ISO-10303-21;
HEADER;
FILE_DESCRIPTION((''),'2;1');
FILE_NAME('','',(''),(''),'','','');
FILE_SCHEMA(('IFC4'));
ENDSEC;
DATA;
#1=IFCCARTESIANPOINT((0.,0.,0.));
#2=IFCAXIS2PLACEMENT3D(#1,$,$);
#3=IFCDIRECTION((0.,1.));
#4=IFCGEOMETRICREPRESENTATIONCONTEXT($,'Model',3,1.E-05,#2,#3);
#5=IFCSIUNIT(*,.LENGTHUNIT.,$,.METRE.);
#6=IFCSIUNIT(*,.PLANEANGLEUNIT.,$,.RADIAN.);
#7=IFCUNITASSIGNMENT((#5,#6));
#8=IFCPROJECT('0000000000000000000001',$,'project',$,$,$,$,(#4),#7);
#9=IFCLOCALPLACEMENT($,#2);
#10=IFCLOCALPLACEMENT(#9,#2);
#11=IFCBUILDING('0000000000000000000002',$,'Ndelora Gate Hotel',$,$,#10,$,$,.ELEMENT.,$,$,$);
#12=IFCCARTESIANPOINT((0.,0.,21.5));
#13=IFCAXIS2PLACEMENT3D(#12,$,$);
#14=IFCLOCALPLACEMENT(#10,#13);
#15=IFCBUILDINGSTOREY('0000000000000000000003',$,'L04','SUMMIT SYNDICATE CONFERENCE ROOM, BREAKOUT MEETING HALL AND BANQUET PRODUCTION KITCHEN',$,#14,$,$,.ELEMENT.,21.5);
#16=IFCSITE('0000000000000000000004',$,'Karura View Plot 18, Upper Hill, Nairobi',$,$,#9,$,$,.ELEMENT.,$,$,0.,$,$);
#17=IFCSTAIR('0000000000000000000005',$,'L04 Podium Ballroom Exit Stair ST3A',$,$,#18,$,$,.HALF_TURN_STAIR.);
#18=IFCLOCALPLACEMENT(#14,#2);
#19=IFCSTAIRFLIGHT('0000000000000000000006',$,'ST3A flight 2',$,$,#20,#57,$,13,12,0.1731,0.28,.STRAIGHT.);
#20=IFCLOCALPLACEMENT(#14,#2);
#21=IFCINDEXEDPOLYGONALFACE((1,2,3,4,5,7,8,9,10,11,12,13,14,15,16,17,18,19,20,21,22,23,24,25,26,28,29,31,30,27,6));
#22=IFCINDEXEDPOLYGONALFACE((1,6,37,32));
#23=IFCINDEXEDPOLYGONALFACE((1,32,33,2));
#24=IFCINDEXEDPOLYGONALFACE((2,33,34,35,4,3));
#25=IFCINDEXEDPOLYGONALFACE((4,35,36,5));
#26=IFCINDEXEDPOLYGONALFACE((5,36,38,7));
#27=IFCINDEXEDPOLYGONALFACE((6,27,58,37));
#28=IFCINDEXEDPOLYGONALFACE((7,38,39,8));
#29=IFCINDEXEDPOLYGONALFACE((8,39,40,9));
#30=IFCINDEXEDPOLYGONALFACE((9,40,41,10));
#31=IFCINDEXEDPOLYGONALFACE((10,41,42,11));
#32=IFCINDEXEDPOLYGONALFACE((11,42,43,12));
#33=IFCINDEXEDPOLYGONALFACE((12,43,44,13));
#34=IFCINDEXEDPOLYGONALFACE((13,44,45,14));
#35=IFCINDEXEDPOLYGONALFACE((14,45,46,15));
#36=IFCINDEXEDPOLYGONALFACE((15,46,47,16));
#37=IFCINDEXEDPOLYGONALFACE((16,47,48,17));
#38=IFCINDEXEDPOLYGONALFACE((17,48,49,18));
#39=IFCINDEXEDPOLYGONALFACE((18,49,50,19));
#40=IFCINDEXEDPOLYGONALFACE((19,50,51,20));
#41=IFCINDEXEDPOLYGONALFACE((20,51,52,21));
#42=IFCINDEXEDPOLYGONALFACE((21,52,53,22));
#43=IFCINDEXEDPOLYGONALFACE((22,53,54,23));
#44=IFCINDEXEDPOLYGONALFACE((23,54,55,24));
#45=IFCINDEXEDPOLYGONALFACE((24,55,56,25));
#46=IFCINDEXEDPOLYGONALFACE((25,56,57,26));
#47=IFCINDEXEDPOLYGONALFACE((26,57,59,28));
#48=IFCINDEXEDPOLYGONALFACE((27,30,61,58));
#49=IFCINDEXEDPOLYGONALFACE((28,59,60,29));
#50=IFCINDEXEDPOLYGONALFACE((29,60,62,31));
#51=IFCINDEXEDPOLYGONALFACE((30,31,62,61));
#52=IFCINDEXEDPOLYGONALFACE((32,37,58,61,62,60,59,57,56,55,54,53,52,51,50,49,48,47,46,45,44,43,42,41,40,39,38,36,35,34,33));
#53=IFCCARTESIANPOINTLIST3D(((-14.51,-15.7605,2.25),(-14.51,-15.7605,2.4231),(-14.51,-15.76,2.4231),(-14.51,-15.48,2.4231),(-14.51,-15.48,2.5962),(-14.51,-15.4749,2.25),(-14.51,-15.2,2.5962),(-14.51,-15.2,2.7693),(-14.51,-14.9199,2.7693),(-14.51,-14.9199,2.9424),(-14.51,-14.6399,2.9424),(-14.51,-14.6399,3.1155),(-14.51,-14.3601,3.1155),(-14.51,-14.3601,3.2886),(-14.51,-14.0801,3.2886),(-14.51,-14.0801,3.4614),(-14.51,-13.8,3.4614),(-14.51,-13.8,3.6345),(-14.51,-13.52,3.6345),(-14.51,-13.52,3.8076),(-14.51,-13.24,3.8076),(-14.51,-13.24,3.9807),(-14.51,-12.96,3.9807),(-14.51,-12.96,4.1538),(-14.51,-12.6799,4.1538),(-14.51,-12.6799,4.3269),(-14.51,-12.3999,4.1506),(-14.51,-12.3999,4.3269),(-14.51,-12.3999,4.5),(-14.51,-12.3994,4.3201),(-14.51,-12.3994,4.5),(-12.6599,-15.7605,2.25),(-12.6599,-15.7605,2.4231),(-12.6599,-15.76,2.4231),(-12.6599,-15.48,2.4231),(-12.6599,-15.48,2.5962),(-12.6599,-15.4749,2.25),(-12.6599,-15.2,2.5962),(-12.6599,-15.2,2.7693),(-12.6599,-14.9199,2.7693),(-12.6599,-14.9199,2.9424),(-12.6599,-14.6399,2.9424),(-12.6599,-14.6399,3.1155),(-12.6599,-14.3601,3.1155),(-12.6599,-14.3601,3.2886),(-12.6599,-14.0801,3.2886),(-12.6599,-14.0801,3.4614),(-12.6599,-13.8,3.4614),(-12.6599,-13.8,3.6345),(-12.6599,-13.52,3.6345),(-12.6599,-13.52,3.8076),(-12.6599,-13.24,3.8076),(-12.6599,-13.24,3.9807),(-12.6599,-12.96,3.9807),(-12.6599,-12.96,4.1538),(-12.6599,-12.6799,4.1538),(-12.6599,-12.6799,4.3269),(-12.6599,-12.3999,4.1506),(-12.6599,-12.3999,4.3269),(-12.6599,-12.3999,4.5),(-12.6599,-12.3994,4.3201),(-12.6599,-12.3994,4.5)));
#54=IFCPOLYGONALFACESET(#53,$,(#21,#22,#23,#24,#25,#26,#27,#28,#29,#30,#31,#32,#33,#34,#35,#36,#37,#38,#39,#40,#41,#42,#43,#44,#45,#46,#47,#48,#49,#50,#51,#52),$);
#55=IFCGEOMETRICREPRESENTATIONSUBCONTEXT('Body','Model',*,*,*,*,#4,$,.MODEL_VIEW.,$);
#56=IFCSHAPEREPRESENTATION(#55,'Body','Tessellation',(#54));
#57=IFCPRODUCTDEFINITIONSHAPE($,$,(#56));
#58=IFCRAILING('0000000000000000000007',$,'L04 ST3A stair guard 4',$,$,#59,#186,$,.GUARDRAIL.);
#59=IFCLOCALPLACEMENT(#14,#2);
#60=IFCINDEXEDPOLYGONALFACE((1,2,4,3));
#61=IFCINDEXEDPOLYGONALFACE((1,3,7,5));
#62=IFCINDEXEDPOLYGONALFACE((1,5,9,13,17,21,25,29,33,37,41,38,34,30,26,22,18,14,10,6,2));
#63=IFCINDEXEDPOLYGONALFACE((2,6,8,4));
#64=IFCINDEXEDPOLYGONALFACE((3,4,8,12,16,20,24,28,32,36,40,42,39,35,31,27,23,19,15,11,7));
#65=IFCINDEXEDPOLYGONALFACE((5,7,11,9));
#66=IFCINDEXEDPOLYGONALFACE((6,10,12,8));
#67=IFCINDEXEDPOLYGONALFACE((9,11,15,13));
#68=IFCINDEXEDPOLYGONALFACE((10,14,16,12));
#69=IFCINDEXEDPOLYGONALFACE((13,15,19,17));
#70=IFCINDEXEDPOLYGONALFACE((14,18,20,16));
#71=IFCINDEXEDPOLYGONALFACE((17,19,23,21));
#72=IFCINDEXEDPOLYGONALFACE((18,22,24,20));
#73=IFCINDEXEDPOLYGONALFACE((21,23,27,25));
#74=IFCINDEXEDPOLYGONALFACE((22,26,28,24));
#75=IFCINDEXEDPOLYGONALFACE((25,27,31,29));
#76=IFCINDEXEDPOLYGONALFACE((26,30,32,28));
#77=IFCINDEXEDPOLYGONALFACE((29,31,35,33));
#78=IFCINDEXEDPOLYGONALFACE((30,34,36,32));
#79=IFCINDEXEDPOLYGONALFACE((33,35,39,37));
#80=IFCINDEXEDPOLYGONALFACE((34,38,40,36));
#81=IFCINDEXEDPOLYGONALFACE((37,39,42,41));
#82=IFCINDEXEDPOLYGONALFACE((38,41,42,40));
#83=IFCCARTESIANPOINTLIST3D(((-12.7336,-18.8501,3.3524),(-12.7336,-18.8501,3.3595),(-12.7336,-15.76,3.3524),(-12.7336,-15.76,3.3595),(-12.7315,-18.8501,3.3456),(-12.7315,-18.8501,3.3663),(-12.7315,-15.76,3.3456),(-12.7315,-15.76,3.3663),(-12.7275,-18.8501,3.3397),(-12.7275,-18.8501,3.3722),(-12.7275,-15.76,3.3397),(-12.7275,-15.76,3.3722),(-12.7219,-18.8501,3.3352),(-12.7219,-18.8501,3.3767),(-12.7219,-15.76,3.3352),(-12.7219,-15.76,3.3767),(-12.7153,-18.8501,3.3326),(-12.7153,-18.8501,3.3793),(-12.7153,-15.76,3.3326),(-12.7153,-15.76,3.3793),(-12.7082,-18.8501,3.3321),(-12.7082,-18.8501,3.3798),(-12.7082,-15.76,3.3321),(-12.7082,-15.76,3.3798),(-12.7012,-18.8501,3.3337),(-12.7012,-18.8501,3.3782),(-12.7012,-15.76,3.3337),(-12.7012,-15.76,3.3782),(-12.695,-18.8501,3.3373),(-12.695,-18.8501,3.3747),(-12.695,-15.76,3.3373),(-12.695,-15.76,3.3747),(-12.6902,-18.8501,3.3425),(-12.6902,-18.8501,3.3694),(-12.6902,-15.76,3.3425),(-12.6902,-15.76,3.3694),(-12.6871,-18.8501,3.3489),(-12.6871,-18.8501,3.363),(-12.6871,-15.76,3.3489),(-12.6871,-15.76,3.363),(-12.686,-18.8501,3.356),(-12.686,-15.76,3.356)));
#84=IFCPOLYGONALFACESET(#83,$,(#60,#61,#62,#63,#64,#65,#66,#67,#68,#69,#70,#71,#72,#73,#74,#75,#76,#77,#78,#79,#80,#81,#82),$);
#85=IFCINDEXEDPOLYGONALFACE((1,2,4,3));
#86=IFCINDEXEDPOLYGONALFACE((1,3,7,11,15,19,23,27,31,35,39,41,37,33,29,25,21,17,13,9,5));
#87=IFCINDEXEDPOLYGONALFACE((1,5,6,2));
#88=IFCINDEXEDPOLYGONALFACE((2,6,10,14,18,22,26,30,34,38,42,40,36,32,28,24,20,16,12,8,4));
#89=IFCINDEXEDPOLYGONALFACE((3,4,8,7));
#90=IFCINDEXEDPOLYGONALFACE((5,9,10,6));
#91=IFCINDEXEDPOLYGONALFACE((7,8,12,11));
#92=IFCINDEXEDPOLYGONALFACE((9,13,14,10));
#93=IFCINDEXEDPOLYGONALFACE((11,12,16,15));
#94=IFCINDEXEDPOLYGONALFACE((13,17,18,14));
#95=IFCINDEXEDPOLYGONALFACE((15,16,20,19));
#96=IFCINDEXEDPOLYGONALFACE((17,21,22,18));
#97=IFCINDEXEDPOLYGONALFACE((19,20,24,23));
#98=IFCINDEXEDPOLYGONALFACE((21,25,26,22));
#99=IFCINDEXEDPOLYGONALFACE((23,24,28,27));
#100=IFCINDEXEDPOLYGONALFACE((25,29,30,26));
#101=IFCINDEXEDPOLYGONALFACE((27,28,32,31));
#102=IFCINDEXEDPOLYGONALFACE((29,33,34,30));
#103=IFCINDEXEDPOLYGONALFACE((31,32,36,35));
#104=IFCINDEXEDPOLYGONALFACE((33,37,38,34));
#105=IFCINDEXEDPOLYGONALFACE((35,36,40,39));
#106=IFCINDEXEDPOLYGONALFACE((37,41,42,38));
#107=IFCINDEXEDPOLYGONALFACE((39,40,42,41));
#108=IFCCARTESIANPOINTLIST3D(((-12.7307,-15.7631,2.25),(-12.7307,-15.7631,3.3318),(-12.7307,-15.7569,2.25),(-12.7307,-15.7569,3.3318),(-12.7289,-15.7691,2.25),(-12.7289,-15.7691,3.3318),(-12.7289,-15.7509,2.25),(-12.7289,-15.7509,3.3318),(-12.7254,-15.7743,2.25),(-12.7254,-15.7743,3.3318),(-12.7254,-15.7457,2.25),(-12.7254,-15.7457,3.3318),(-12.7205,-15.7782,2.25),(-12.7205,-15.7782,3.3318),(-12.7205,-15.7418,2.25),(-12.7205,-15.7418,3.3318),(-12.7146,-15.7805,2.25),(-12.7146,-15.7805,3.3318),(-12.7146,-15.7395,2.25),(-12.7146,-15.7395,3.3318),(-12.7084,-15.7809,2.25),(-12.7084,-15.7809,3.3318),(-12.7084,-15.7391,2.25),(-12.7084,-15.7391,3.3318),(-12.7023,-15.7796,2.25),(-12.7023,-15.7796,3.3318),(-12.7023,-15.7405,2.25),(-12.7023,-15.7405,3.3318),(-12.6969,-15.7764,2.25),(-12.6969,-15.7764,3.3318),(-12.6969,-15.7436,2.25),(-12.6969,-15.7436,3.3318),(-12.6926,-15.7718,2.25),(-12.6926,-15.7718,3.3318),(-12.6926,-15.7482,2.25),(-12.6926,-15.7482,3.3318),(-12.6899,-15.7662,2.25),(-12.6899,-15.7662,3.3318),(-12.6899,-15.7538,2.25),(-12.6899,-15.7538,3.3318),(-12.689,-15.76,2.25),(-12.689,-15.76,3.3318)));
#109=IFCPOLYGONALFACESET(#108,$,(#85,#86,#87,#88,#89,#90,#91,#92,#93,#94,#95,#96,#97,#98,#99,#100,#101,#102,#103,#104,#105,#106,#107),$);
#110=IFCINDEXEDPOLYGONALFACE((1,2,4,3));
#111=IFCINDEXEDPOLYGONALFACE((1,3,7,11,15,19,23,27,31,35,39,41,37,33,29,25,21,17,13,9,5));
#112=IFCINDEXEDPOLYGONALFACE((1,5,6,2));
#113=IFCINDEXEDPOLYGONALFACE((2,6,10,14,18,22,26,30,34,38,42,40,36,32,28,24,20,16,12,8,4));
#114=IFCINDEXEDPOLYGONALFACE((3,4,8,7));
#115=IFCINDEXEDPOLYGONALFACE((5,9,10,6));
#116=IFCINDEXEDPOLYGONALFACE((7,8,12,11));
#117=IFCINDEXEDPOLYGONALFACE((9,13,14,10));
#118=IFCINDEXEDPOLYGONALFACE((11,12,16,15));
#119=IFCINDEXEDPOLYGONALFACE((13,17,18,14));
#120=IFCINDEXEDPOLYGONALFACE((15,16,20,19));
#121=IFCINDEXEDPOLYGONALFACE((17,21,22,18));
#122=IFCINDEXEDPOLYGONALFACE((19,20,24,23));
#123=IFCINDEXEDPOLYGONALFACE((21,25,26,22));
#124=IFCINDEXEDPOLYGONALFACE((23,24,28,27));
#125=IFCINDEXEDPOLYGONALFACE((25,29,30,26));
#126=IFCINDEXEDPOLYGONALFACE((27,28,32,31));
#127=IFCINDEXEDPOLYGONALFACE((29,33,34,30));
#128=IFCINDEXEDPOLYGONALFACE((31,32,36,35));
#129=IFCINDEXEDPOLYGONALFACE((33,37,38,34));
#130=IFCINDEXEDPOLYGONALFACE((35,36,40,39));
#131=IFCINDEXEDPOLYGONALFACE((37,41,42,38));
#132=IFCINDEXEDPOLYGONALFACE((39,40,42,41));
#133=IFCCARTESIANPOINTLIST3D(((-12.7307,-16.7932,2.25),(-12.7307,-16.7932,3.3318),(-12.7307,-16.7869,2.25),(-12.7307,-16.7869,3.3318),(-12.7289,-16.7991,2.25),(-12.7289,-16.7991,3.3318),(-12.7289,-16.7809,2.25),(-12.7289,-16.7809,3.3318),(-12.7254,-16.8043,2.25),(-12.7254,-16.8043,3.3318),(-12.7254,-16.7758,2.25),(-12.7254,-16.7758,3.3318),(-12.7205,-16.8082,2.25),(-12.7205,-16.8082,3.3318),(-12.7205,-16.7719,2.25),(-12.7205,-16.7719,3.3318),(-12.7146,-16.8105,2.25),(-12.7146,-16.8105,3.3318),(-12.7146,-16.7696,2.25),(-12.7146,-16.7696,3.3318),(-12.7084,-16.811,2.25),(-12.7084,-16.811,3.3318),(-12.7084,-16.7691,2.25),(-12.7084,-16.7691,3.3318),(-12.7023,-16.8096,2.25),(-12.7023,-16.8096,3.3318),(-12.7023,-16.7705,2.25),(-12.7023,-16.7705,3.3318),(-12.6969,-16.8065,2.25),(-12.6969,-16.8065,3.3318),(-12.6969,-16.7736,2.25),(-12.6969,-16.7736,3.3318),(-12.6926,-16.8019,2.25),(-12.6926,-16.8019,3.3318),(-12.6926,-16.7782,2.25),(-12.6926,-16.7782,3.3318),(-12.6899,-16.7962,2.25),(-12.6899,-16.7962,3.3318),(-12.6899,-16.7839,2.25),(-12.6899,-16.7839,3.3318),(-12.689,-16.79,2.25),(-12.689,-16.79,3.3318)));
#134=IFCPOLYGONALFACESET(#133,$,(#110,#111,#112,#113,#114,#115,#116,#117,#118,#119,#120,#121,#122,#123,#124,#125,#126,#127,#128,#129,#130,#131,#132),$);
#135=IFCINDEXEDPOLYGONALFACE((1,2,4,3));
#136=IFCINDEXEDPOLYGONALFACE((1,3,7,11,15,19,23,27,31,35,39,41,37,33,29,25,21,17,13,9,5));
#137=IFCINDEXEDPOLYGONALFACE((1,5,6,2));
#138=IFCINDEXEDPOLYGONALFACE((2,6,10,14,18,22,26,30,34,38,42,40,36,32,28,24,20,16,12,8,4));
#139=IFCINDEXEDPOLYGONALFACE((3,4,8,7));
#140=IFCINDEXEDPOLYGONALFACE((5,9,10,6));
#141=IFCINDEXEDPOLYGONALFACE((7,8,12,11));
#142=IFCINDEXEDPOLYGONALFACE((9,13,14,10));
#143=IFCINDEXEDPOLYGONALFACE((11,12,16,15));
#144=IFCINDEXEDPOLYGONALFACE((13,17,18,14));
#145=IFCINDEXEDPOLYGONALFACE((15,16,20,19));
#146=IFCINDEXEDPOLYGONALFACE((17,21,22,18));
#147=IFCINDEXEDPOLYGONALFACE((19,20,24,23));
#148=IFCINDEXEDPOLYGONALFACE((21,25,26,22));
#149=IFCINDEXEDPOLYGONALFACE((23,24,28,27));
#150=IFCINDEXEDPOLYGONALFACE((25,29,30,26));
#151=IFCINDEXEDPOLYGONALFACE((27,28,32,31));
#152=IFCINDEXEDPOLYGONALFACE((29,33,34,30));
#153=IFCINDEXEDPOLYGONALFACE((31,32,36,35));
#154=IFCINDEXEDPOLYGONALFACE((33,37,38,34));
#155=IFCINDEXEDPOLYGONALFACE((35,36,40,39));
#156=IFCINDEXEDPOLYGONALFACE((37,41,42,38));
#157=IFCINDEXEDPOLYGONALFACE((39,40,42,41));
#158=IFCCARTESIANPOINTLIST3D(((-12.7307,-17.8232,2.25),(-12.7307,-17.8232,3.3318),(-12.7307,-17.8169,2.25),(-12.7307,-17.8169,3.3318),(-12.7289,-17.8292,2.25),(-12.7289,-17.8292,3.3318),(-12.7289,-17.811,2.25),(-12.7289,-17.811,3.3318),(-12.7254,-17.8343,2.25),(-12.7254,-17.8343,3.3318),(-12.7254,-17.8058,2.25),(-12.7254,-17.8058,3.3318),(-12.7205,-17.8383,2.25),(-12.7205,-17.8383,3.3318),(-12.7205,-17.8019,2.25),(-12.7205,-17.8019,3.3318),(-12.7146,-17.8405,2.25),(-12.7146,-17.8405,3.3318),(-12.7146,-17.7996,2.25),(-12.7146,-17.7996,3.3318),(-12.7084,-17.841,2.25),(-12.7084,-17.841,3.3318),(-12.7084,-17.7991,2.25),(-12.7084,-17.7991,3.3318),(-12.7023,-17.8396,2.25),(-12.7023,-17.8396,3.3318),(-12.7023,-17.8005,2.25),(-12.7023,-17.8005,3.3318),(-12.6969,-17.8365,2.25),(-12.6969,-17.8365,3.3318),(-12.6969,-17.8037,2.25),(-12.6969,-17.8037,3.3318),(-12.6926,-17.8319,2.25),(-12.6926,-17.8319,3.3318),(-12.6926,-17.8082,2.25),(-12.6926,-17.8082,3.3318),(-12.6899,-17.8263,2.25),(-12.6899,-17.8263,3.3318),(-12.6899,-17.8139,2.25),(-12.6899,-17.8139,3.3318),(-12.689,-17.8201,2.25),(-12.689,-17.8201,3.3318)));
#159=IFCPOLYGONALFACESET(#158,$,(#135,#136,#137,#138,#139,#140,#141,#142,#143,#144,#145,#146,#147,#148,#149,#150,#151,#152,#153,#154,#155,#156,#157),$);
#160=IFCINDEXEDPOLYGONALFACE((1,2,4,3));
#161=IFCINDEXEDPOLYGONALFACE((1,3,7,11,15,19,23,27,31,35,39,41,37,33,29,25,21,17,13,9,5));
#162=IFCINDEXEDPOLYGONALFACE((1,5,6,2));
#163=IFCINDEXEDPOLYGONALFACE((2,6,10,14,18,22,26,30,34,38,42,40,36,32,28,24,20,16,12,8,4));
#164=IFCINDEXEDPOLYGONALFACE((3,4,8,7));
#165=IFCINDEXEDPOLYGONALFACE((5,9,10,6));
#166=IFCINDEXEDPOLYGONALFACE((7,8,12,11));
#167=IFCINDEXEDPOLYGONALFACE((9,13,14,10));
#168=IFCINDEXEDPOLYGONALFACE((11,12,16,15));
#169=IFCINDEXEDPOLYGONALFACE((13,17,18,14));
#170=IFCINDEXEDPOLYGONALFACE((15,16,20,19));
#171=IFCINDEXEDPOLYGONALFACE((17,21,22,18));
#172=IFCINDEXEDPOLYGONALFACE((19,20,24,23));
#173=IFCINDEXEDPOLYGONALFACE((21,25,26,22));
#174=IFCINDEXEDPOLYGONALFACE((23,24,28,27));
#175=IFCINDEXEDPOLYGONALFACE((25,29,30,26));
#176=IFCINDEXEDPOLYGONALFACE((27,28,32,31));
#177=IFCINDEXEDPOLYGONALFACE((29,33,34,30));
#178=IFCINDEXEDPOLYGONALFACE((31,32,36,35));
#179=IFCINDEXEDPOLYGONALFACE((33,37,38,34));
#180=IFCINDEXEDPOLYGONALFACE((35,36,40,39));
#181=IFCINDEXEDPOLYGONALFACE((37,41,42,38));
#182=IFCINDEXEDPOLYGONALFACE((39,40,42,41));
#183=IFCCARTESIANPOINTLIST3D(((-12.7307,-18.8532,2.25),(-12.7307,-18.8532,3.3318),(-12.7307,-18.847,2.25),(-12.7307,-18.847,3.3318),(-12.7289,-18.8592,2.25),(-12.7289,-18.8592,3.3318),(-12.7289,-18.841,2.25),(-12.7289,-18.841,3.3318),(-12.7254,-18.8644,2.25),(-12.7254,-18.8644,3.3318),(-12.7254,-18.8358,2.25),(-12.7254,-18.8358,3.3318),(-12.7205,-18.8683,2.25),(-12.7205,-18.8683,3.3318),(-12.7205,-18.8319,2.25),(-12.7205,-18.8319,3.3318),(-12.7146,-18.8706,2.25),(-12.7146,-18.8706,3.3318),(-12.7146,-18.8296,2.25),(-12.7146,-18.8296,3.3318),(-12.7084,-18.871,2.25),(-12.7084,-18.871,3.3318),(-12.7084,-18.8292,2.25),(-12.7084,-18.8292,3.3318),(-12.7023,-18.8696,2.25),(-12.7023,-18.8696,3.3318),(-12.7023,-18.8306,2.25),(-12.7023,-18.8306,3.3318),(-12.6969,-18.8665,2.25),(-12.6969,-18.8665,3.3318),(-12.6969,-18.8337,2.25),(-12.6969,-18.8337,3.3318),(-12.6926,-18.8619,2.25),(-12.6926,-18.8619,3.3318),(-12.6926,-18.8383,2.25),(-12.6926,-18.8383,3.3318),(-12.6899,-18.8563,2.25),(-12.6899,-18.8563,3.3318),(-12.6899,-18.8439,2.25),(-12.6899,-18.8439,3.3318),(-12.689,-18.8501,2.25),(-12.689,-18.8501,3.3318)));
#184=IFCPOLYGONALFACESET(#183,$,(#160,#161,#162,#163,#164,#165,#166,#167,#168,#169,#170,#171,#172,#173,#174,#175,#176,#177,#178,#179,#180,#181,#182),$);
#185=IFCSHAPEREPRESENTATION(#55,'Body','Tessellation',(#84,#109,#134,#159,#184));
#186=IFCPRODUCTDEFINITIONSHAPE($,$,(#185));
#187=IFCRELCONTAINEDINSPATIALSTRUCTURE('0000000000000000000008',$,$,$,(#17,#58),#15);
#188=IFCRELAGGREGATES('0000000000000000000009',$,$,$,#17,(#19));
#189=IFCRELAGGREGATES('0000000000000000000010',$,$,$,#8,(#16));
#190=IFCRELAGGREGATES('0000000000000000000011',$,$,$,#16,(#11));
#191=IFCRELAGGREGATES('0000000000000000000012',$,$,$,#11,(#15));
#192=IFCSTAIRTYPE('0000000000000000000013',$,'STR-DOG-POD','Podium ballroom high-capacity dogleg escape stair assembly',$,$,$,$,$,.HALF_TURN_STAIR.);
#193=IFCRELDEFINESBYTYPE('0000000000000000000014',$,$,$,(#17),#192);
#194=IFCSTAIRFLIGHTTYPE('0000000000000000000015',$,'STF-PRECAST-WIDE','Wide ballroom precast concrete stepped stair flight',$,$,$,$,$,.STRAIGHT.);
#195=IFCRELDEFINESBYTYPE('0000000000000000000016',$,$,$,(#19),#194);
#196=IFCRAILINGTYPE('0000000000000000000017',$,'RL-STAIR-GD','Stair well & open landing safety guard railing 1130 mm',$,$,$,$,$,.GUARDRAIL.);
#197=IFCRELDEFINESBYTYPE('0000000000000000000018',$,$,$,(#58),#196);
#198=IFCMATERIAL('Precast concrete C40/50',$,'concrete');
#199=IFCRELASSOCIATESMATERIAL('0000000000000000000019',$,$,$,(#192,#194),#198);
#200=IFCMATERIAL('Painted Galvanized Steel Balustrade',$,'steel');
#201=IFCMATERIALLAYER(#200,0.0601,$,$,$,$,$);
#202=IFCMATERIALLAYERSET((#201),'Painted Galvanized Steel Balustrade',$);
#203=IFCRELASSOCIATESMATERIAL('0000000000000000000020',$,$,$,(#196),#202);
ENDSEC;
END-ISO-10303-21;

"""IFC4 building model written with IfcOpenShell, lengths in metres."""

from ifc_helpers import new_model, si_unit, direction, frame, origin, origin_2d, place, context, subcontext, project, spatial, polyline, circle, outline, extrude, material, layer, layer_set, type_object, element, aggregate, save


model = new_model("IFC4")

# Units and contexts
model_context = context("Model", 3, precision=1e-05, world=origin(), true_north=direction((0.0, 1.0)))
body_context = subcontext(model_context, "Body", "Model", "MODEL_VIEW")
ifc_project = project(units=[si_unit("LENGTHUNIT", "METRE"), si_unit("PLANEANGLEUNIT", "RADIAN")], contexts=[model_context])

# Site, building, storey
site_placement = place(None, origin())
site = spatial("IfcSite", under=ifc_project, at=site_placement, Name="Karura View Plot 18, Upper Hill, Nairobi", CompositionType="ELEMENT", RefElevation=0.0)
building_placement = place(site_placement, origin())
building = spatial("IfcBuilding", under=site, at=building_placement, Name="Ndelora Gate Hotel", CompositionType="ELEMENT")
storey_placement = place(building_placement, frame((0.0, 0.0, 21.5)))
storey = spatial("IfcBuildingStorey", under=building, at=storey_placement, Name="L04", Description="SUMMIT SYNDICATE CONFERENCE ROOM, BREAKOUT MEETING HALL AND BANQUET PRODUCTION KITCHEN", CompositionType="ELEMENT", Elevation=21.5)

# Stair, stair flight
ifc_material_1 = material(Name="Precast concrete C40/50", Category="concrete")
stair_type = type_object("IfcStairType", Name="STR-DOG-POD", Description="Podium ballroom high-capacity dogleg escape stair assembly", PredefinedType="HALF_TURN_STAIR", material=ifc_material_1)
stair_placement = place(storey_placement, origin())
stair = element("IfcStair", 1, at=stair_placement, inside=storey, type_object=stair_type, Name="L04 Podium Ballroom Exit Stair ST3A", PredefinedType="HALF_TURN_STAIR")
stair_flight_type = type_object("IfcStairFlightType", Name="STF-PRECAST-WIDE", Description="Wide ballroom precast concrete stepped stair flight", PredefinedType="STRAIGHT", material=ifc_material_1)
stair_flight_placement = place(storey_placement, frame((-13.585, -15.76, 2.25), z_axis=(0.0, 0.0, 1.0), x_axis=(0.0, 1.0, 0.0)))
stair_flight = element("IfcStairFlight", 2, at=stair_flight_placement, type_object=stair_flight_type, Name="ST3A flight 2", NumberOfRisers=13, NumberOfTreads=12, PredefinedType="STRAIGHT", RiserHeight=0.1731, TreadLength=0.28, context=body_context, shape_type="SweptSolid", body=[
    extrude(outline(polyline([(-0.0005, 0.0), (-0.0005, 0.1731), (0.0, 0.1731), (0.28, 0.1731), (0.28, 0.3462), (0.5601, 0.3462), (0.5601, 0.5193), (0.8401, 0.5193), (0.8401, 0.6924), (1.1201, 0.6924), (1.1201, 0.8655), (1.3999, 0.8655), (1.3999, 1.0386), (1.6799, 1.0386), (1.6799, 1.2114), (1.96, 1.2114), (1.96, 1.3845), (2.24, 1.3845), (2.24, 1.5576), (2.52, 1.5576), (2.52, 1.7307), (2.8, 1.7307), (2.8, 1.9038), (3.0801, 1.9038), (3.0801, 2.0769), (3.3601, 2.0769), (3.3601, 2.25), (3.3606, 2.25), (3.3606, 2.0701), (3.3601, 1.9006), (0.2852, 0.0), (-0.0005, 0.0)])), frame((0.0, 0.925, 0.0), z_axis=(0.0, -1.0, 0.0), x_axis=(1.0, 0.0, 0.0)), (0.0, 0.0, 1.0), 1.8501),
])
aggregate(stair, [stair_flight])

# Railing
ifc_material_2 = material(Name="Painted Galvanized Steel Balustrade", Category="steel")
ifc_layer_1 = layer(ifc_material_2, 0.0601)
ifc_layer_set_1 = layer_set([ifc_layer_1], Name="Painted Galvanized Steel Balustrade")
railing_type_1 = type_object("IfcRailingType", Name="RL-STAIR-GD", Description="Stair well & open landing safety guard railing 1130 mm", PredefinedType="GUARDRAIL", material=ifc_layer_set_1)
railing_1_placement = place(storey_placement, frame((-12.71, -15.76, 2.25)))
element("IfcRailing", 3, at=railing_1_placement, inside=storey, type_object=railing_type_1, Name="L04 ST3A stair guard 4", PredefinedType="GUARDRAIL", context=body_context, shape_type="SweptSolid", body=[
    extrude(circle(Radius=0.0239, at=origin_2d()), frame((0.0, 0.0, 1.106), z_axis=(0.0, -1.0, 0.0), x_axis=(1.0, 0.0, 0.0)), (0.0, 0.0, 1.0), 3.0901),
    extrude(circle(Radius=0.021, at=origin_2d()), origin(), (0.0, 0.0, 1.0), 1.0818),
    extrude(circle(Radius=0.021, at=origin_2d()), frame((0.0, -1.03, 0.0)), (0.0, 0.0, 1.0), 1.0818),
    extrude(circle(Radius=0.021, at=origin_2d()), frame((0.0, -2.0601, 0.0)), (0.0, 0.0, 1.0), 1.0818),
    extrude(circle(Radius=0.021, at=origin_2d()), frame((0.0, -3.0901, 0.0)), (0.0, 0.0, 1.0), 1.0818),
])

save(model, "model.ifc")
